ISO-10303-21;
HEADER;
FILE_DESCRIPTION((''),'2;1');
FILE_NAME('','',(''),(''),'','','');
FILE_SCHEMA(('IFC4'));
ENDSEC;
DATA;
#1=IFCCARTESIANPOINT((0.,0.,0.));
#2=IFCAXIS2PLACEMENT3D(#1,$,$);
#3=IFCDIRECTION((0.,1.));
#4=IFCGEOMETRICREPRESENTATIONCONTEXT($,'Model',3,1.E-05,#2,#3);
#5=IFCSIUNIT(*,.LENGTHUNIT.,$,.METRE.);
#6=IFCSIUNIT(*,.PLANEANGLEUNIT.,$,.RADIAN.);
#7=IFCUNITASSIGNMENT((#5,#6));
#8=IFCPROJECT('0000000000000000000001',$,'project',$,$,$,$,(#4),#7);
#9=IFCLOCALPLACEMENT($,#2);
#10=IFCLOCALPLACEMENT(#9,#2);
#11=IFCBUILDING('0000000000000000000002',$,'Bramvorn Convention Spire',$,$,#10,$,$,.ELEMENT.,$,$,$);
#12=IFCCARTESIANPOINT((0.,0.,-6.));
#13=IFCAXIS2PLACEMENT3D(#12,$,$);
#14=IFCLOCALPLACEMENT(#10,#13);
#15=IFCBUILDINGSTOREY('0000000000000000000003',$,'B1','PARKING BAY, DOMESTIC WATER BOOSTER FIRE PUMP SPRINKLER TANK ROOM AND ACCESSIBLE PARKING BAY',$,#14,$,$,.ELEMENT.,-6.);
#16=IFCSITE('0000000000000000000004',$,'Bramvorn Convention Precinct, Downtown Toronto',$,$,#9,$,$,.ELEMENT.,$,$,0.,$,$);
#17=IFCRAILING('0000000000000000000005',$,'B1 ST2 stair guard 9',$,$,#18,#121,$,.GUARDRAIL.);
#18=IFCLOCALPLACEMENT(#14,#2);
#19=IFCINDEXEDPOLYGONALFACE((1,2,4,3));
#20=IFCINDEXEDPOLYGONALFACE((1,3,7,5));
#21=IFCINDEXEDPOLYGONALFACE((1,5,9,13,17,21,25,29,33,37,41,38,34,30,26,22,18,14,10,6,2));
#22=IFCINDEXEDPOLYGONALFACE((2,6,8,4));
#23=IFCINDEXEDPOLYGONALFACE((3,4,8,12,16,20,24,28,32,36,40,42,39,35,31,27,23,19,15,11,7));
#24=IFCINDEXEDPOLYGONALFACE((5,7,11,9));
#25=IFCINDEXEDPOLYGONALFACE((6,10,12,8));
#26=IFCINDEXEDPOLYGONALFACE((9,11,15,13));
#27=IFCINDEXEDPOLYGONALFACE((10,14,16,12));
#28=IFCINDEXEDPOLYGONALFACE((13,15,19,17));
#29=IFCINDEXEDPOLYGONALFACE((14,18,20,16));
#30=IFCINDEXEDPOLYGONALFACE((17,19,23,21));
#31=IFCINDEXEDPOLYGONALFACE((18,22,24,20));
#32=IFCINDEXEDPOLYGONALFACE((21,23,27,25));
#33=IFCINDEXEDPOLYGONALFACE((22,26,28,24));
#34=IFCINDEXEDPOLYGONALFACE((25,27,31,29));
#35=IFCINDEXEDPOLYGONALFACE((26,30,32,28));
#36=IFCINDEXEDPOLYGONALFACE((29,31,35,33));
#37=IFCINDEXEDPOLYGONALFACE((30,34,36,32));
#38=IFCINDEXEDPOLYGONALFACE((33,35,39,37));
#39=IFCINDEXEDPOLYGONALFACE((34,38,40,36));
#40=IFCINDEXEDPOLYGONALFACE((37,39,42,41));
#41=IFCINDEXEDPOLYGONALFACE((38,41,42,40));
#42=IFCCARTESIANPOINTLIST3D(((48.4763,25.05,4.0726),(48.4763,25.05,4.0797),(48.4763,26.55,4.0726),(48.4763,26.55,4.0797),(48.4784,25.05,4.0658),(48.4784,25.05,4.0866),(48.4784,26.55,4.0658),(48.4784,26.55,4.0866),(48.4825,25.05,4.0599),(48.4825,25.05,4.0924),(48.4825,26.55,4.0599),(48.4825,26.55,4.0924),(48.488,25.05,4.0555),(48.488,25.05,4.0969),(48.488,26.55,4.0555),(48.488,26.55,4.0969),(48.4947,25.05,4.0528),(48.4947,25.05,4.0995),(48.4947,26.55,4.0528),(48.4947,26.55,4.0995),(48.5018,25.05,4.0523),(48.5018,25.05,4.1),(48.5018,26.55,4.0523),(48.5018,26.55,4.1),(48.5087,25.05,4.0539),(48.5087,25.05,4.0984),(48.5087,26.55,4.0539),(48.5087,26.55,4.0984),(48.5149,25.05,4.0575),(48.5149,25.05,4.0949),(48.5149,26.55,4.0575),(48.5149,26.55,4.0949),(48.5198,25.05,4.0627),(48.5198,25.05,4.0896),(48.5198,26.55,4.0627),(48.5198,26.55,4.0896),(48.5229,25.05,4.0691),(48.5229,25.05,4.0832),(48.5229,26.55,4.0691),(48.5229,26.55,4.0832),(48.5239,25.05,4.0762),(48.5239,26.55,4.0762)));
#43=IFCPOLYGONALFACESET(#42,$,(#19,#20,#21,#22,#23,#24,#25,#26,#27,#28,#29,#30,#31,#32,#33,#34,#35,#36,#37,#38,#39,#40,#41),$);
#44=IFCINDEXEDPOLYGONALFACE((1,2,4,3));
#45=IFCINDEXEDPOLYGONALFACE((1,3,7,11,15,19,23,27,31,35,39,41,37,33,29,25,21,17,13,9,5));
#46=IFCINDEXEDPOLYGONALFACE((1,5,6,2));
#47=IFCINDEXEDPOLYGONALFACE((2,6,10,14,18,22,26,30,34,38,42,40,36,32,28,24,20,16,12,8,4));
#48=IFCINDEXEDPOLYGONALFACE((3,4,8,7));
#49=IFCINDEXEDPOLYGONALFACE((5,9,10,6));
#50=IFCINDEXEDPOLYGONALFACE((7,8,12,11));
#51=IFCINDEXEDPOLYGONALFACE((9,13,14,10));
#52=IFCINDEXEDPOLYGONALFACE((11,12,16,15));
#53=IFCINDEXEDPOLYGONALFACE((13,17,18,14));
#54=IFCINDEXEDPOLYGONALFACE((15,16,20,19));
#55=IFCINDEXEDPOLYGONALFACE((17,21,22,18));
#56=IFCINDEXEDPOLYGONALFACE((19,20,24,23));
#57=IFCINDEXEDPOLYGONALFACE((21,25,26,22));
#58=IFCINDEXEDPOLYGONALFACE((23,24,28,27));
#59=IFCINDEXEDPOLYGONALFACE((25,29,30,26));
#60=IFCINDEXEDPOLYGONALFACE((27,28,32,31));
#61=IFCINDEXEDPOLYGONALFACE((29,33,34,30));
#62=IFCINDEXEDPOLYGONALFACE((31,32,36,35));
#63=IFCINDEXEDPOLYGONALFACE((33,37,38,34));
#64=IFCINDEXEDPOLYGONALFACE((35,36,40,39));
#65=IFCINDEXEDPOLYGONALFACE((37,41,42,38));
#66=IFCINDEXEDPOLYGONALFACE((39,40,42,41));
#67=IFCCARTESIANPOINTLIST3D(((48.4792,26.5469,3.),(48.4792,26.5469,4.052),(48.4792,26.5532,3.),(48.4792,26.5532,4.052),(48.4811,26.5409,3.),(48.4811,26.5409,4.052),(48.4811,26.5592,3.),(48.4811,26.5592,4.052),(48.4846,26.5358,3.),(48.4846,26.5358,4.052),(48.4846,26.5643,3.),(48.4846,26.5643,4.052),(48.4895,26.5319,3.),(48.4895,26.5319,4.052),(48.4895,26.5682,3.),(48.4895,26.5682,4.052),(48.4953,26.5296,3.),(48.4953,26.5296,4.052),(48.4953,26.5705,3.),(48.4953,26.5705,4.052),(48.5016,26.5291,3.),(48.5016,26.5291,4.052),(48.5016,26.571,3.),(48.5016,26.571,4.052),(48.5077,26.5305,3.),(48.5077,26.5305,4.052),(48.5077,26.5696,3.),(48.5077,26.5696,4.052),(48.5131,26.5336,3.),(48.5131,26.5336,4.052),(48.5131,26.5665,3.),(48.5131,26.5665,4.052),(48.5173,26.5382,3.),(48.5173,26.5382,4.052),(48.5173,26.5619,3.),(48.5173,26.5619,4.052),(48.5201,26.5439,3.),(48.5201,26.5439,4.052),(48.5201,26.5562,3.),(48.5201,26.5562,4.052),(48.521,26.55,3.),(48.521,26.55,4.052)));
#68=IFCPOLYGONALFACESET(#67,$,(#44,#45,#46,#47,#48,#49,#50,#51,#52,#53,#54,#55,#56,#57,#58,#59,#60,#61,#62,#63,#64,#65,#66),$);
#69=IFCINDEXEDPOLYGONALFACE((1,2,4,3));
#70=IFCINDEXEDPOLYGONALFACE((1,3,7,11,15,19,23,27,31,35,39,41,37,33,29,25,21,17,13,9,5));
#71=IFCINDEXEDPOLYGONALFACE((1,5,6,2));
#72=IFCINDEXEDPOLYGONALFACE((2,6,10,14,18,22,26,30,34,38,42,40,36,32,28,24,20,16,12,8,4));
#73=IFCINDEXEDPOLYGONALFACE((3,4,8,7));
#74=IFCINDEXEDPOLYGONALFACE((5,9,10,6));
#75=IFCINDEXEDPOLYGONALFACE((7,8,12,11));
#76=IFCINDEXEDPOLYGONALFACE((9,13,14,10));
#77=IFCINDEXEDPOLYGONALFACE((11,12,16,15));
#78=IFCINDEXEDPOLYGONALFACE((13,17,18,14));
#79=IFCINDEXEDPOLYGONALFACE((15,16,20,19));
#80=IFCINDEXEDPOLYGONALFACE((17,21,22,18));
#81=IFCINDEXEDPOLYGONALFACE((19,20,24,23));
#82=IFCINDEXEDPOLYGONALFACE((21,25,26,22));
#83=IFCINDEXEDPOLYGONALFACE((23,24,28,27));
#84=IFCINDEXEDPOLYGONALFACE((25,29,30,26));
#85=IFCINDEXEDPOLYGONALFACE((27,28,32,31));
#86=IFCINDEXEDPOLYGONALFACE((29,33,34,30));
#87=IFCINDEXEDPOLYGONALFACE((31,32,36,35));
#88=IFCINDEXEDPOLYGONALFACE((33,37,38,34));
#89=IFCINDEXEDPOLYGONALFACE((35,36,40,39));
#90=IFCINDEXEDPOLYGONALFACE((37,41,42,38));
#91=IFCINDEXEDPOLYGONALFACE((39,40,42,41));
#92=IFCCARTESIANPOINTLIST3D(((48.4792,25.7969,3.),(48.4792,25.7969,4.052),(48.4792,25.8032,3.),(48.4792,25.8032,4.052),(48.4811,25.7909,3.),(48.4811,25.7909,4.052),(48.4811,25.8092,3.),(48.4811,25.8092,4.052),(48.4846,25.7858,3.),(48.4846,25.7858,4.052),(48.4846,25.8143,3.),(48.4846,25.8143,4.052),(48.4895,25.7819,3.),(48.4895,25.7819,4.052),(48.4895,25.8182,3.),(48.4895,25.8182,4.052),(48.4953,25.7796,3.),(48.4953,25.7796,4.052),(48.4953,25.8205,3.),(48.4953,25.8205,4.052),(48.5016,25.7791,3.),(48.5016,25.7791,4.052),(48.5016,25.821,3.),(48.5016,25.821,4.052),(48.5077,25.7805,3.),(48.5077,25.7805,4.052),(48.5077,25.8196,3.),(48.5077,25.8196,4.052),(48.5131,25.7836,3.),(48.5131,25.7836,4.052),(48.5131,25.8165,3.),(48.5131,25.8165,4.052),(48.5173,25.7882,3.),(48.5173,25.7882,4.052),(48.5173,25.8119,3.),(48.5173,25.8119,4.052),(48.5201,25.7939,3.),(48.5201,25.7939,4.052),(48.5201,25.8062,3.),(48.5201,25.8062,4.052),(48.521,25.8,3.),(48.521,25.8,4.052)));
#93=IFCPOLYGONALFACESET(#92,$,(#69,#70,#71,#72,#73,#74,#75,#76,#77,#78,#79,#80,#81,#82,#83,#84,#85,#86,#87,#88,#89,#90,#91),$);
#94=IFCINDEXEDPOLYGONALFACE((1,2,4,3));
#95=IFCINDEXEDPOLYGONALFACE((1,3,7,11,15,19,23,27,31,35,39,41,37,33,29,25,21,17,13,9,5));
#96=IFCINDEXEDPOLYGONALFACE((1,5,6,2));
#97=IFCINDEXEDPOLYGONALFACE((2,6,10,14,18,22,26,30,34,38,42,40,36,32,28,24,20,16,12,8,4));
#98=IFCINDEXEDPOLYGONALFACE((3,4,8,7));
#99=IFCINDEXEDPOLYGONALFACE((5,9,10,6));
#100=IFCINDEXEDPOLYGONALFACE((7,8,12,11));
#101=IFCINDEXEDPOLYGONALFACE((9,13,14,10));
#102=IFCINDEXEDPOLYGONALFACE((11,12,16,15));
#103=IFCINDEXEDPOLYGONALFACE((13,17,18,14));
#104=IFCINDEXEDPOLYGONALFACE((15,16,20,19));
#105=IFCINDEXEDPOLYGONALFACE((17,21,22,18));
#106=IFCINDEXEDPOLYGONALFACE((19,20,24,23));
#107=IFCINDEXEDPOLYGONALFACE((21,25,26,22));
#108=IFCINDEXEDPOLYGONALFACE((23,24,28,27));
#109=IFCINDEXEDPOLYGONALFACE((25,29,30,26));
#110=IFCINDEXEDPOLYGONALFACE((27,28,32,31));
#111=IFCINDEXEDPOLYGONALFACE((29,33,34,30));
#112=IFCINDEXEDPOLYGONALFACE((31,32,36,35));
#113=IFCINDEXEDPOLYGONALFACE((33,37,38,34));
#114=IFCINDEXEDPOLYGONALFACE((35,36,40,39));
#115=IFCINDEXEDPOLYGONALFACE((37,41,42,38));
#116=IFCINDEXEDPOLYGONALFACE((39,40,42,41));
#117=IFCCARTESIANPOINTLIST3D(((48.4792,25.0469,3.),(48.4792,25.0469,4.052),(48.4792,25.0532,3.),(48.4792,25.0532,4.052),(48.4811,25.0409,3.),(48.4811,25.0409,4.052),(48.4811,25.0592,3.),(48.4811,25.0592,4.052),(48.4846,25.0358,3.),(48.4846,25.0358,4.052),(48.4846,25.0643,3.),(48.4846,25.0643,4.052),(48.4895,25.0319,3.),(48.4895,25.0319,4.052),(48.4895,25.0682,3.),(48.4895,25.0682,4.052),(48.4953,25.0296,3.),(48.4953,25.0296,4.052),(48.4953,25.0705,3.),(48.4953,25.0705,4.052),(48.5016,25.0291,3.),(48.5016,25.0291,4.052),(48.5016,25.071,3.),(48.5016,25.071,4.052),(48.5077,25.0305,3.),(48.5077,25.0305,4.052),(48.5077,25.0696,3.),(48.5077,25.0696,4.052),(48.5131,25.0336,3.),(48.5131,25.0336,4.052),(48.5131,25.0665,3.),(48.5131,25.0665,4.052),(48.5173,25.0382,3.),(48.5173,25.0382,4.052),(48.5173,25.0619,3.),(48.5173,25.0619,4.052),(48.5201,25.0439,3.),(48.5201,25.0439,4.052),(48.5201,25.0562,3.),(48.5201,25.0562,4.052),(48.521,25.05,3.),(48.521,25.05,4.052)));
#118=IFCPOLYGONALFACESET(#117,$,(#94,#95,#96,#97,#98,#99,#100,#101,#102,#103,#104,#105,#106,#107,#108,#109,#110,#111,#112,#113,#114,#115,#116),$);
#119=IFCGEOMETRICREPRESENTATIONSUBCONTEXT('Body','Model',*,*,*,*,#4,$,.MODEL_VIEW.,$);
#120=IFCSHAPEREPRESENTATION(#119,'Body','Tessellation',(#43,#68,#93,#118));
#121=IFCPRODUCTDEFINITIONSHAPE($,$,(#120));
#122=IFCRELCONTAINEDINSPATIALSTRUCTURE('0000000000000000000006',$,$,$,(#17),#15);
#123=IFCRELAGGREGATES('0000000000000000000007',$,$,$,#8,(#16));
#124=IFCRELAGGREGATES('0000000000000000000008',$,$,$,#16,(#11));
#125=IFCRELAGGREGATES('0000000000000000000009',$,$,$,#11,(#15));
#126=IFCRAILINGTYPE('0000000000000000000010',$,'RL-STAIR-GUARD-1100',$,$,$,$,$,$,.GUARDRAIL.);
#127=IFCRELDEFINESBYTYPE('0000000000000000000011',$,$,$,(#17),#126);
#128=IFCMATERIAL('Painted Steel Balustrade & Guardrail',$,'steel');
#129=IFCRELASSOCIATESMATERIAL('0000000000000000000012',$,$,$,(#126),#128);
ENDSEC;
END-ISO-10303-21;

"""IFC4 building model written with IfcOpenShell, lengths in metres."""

from ifc_helpers import new_model, si_unit, direction, frame, origin, origin_2d, place, context, subcontext, project, spatial, circle, extrude, material, type_object, element, save


model = new_model("IFC4")

# Units and contexts
model_context = context("Model", 3, precision=1e-05, world=origin(), true_north=direction((0.0, 1.0)))
body_context = subcontext(model_context, "Body", "Model", "MODEL_VIEW")
ifc_project = project(units=[si_unit("LENGTHUNIT", "METRE"), si_unit("PLANEANGLEUNIT", "RADIAN")], contexts=[model_context])

# Site, building, storey
site_placement = place(None, origin())
site = spatial("IfcSite", under=ifc_project, at=site_placement, Name="Bramvorn Convention Precinct, Downtown Toronto", CompositionType="ELEMENT", RefElevation=0.0)
building_placement = place(site_placement, origin())
building = spatial("IfcBuilding", under=site, at=building_placement, Name="Bramvorn Convention Spire", CompositionType="ELEMENT")
storey_placement = place(building_placement, frame((0.0, 0.0, -6.0)))
storey = spatial("IfcBuildingStorey", under=building, at=storey_placement, Name="B1", Description="PARKING BAY, DOMESTIC WATER BOOSTER FIRE PUMP SPRINKLER TANK ROOM AND ACCESSIBLE PARKING BAY", CompositionType="ELEMENT", Elevation=-6.0)

# Railing
ifc_material_1 = material(Name="Painted Steel Balustrade & Guardrail", Category="steel")
railing_type_1 = type_object("IfcRailingType", Name="RL-STAIR-GUARD-1100", PredefinedType="GUARDRAIL", material=ifc_material_1)
for number, where, name in (
    (1, (48.5, 26.55, 3.0), "B1 ST2 stair guard 9"),
):
    element("IfcRailing", number, at=place(storey_placement, frame(where)), inside=storey, type_object=railing_type_1, Name=name, PredefinedType="GUARDRAIL", context=body_context, shape_type="SweptSolid", body=[
        extrude(circle(Radius=0.0239, at=origin_2d()), frame((0.0, 0.0, 1.0762), z_axis=(0.0, -1.0, 0.0), x_axis=(1.0, 0.0, 0.0)), (0.0, 0.0, 1.0), 1.5),
        extrude(circle(Radius=0.021, at=origin_2d()), origin(), (0.0, 0.0, 1.0), 1.052),
        extrude(circle(Radius=0.021, at=origin_2d()), frame((0.0, -0.75, 0.0)), (0.0, 0.0, 1.0), 1.052),
        extrude(circle(Radius=0.021, at=origin_2d()), frame((0.0, -1.5, 0.0)), (0.0, 0.0, 1.0), 1.052),
    ])

save(model, "model.ifc")
